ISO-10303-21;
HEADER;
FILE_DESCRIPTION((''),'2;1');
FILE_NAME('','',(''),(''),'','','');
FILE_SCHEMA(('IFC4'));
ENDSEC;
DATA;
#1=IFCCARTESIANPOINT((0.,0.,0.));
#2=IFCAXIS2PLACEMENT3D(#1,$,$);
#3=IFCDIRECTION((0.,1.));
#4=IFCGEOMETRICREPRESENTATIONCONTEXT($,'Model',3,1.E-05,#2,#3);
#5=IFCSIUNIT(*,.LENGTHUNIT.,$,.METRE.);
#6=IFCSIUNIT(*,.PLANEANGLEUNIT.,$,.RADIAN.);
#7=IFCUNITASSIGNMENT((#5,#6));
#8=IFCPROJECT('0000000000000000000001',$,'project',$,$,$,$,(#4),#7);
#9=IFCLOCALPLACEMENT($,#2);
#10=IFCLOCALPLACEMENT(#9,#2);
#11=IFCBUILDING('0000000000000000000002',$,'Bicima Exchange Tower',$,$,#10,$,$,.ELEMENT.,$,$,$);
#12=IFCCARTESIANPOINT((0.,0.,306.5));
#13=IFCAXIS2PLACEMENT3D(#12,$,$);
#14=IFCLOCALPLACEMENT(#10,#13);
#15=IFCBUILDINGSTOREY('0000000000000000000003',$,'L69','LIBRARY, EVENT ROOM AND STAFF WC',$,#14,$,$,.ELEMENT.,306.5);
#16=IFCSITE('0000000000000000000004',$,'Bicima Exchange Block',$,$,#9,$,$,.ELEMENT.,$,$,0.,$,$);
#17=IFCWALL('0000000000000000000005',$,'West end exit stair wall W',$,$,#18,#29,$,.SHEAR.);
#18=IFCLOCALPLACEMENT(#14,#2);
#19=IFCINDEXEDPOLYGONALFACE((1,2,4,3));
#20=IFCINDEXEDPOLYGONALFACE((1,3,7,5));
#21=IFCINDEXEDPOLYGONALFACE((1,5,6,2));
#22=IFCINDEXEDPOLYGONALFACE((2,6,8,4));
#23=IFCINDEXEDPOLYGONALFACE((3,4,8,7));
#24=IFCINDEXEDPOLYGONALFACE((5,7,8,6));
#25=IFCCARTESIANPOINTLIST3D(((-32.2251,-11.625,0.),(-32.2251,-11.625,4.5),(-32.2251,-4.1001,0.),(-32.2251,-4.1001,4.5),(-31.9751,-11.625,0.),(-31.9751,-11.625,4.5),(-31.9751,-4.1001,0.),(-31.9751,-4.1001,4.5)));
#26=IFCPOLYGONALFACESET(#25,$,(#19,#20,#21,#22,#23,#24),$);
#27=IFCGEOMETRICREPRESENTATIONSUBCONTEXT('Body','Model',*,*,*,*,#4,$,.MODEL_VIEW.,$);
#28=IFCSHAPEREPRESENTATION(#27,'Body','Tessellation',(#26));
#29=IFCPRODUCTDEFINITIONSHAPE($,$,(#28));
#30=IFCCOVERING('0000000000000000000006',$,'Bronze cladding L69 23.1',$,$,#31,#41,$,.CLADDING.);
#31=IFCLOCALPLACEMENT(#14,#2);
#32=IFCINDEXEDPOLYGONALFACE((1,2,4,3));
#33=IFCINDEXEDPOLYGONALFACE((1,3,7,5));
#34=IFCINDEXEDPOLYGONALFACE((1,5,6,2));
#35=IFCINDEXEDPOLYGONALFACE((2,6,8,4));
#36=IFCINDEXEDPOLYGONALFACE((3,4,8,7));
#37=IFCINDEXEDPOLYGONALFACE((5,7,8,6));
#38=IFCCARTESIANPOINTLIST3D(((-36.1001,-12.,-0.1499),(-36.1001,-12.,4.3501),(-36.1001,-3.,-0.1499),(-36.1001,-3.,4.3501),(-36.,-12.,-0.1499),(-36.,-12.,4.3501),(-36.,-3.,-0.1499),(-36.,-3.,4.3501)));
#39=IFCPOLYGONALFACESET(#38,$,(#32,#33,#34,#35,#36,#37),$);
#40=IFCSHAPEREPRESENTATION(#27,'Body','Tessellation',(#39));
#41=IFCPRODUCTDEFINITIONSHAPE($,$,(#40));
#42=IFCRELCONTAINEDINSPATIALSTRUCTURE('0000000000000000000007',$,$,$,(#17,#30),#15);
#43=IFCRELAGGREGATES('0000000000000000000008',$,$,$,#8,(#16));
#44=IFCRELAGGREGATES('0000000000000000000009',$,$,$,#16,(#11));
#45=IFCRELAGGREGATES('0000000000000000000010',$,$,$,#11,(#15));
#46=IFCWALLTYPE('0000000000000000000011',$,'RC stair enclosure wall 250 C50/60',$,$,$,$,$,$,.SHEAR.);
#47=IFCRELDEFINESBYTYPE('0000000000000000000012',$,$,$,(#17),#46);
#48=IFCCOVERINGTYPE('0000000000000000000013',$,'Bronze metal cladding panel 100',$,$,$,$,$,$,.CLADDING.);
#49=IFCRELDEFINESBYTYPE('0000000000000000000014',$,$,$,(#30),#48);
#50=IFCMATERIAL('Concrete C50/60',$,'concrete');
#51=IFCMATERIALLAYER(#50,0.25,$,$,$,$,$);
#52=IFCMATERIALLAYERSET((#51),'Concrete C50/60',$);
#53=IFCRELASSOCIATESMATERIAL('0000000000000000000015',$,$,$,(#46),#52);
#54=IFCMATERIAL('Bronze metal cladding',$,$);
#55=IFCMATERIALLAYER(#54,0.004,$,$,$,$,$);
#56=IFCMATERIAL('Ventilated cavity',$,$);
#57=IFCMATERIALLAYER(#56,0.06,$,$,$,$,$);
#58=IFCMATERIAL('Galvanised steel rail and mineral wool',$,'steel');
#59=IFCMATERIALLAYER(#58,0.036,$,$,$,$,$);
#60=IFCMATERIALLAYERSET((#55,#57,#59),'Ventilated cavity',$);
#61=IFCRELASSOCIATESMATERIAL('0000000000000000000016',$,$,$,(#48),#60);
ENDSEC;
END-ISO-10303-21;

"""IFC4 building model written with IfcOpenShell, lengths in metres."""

from ifc_helpers import new_model, si_unit, direction, frame, frame_2d, origin, origin_2d, place, context, subcontext, project, spatial, rectangle, extrude, material, layer, layer_set, type_object, element, save


model = new_model("IFC4")

# Units and contexts
model_context = context("Model", 3, precision=1e-05, world=origin(), true_north=direction((0.0, 1.0)))
body_context = subcontext(model_context, "Body", "Model", "MODEL_VIEW")
ifc_project = project(units=[si_unit("LENGTHUNIT", "METRE"), si_unit("PLANEANGLEUNIT", "RADIAN")], contexts=[model_context])

# Site, building, storey
site_placement = place(None, origin())
site = spatial("IfcSite", under=ifc_project, at=site_placement, Name="Bicima Exchange Block", CompositionType="ELEMENT", RefElevation=0.0)
building_placement = place(site_placement, origin())
building = spatial("IfcBuilding", under=site, at=building_placement, Name="Bicima Exchange Tower", CompositionType="ELEMENT")
storey_placement = place(building_placement, frame((0.0, 0.0, 306.5)))
storey = spatial("IfcBuildingStorey", under=building, at=storey_placement, Name="L69", Description="LIBRARY, EVENT ROOM AND STAFF WC", CompositionType="ELEMENT", Elevation=306.5)

# Wall
ifc_material_1 = material(Name="Concrete C50/60", Category="concrete")
ifc_layer_1 = layer(ifc_material_1, 0.25)
ifc_layer_set_1 = layer_set([ifc_layer_1], Name="Concrete C50/60")
wall_type_1 = type_object("IfcWallType", Name="RC stair enclosure wall 250 C50/60", PredefinedType="SHEAR", material=ifc_layer_set_1)
wall_1_placement = place(storey_placement, frame((-32.1001, -11.625, 0.0), z_axis=(0.0, 0.0, 1.0), x_axis=(0.0, 1.0, 0.0)))
element("IfcWall", 1, at=wall_1_placement, inside=storey, type_object=wall_type_1, Name="West end exit stair wall W", PredefinedType="SHEAR", context=body_context, shape_type="SweptSolid", body=[
    extrude(rectangle(XDim=7.5249, YDim=0.25, at=frame_2d((3.7625, 0.0))), origin(), (0.0, 0.0, 1.0), 4.5),
])

# Covering
ifc_material_2 = material(Name="Bronze metal cladding")
ifc_layer_2 = layer(ifc_material_2, 0.004)
ifc_material_3 = material(Name="Ventilated cavity")
ifc_layer_3 = layer(ifc_material_3, 0.06)
ifc_material_4 = material(Name="Galvanised steel rail and mineral wool", Category="steel")
ifc_layer_4 = layer(ifc_material_4, 0.036)
ifc_layer_set_2 = layer_set([ifc_layer_2, ifc_layer_3, ifc_layer_4], Name="Ventilated cavity")
covering_type = type_object("IfcCoveringType", Name="Bronze metal cladding panel 100", PredefinedType="CLADDING", material=ifc_layer_set_2)
covering_placement = place(storey_placement, frame((-36.05, -7.5, -0.1499), z_axis=(0.0, 0.0, 1.0), x_axis=(0.0, -1.0, 0.0)))
element("IfcCovering", 2, at=covering_placement, inside=storey, type_object=covering_type, Name="Bronze cladding L69 23.1", PredefinedType="CLADDING", context=body_context, shape_type="SweptSolid", body=[
    extrude(rectangle(XDim=9.0, YDim=0.1001, at=origin_2d()), origin(), (0.0, 0.0, 1.0), 4.5),
])

save(model, "model.ifc")
